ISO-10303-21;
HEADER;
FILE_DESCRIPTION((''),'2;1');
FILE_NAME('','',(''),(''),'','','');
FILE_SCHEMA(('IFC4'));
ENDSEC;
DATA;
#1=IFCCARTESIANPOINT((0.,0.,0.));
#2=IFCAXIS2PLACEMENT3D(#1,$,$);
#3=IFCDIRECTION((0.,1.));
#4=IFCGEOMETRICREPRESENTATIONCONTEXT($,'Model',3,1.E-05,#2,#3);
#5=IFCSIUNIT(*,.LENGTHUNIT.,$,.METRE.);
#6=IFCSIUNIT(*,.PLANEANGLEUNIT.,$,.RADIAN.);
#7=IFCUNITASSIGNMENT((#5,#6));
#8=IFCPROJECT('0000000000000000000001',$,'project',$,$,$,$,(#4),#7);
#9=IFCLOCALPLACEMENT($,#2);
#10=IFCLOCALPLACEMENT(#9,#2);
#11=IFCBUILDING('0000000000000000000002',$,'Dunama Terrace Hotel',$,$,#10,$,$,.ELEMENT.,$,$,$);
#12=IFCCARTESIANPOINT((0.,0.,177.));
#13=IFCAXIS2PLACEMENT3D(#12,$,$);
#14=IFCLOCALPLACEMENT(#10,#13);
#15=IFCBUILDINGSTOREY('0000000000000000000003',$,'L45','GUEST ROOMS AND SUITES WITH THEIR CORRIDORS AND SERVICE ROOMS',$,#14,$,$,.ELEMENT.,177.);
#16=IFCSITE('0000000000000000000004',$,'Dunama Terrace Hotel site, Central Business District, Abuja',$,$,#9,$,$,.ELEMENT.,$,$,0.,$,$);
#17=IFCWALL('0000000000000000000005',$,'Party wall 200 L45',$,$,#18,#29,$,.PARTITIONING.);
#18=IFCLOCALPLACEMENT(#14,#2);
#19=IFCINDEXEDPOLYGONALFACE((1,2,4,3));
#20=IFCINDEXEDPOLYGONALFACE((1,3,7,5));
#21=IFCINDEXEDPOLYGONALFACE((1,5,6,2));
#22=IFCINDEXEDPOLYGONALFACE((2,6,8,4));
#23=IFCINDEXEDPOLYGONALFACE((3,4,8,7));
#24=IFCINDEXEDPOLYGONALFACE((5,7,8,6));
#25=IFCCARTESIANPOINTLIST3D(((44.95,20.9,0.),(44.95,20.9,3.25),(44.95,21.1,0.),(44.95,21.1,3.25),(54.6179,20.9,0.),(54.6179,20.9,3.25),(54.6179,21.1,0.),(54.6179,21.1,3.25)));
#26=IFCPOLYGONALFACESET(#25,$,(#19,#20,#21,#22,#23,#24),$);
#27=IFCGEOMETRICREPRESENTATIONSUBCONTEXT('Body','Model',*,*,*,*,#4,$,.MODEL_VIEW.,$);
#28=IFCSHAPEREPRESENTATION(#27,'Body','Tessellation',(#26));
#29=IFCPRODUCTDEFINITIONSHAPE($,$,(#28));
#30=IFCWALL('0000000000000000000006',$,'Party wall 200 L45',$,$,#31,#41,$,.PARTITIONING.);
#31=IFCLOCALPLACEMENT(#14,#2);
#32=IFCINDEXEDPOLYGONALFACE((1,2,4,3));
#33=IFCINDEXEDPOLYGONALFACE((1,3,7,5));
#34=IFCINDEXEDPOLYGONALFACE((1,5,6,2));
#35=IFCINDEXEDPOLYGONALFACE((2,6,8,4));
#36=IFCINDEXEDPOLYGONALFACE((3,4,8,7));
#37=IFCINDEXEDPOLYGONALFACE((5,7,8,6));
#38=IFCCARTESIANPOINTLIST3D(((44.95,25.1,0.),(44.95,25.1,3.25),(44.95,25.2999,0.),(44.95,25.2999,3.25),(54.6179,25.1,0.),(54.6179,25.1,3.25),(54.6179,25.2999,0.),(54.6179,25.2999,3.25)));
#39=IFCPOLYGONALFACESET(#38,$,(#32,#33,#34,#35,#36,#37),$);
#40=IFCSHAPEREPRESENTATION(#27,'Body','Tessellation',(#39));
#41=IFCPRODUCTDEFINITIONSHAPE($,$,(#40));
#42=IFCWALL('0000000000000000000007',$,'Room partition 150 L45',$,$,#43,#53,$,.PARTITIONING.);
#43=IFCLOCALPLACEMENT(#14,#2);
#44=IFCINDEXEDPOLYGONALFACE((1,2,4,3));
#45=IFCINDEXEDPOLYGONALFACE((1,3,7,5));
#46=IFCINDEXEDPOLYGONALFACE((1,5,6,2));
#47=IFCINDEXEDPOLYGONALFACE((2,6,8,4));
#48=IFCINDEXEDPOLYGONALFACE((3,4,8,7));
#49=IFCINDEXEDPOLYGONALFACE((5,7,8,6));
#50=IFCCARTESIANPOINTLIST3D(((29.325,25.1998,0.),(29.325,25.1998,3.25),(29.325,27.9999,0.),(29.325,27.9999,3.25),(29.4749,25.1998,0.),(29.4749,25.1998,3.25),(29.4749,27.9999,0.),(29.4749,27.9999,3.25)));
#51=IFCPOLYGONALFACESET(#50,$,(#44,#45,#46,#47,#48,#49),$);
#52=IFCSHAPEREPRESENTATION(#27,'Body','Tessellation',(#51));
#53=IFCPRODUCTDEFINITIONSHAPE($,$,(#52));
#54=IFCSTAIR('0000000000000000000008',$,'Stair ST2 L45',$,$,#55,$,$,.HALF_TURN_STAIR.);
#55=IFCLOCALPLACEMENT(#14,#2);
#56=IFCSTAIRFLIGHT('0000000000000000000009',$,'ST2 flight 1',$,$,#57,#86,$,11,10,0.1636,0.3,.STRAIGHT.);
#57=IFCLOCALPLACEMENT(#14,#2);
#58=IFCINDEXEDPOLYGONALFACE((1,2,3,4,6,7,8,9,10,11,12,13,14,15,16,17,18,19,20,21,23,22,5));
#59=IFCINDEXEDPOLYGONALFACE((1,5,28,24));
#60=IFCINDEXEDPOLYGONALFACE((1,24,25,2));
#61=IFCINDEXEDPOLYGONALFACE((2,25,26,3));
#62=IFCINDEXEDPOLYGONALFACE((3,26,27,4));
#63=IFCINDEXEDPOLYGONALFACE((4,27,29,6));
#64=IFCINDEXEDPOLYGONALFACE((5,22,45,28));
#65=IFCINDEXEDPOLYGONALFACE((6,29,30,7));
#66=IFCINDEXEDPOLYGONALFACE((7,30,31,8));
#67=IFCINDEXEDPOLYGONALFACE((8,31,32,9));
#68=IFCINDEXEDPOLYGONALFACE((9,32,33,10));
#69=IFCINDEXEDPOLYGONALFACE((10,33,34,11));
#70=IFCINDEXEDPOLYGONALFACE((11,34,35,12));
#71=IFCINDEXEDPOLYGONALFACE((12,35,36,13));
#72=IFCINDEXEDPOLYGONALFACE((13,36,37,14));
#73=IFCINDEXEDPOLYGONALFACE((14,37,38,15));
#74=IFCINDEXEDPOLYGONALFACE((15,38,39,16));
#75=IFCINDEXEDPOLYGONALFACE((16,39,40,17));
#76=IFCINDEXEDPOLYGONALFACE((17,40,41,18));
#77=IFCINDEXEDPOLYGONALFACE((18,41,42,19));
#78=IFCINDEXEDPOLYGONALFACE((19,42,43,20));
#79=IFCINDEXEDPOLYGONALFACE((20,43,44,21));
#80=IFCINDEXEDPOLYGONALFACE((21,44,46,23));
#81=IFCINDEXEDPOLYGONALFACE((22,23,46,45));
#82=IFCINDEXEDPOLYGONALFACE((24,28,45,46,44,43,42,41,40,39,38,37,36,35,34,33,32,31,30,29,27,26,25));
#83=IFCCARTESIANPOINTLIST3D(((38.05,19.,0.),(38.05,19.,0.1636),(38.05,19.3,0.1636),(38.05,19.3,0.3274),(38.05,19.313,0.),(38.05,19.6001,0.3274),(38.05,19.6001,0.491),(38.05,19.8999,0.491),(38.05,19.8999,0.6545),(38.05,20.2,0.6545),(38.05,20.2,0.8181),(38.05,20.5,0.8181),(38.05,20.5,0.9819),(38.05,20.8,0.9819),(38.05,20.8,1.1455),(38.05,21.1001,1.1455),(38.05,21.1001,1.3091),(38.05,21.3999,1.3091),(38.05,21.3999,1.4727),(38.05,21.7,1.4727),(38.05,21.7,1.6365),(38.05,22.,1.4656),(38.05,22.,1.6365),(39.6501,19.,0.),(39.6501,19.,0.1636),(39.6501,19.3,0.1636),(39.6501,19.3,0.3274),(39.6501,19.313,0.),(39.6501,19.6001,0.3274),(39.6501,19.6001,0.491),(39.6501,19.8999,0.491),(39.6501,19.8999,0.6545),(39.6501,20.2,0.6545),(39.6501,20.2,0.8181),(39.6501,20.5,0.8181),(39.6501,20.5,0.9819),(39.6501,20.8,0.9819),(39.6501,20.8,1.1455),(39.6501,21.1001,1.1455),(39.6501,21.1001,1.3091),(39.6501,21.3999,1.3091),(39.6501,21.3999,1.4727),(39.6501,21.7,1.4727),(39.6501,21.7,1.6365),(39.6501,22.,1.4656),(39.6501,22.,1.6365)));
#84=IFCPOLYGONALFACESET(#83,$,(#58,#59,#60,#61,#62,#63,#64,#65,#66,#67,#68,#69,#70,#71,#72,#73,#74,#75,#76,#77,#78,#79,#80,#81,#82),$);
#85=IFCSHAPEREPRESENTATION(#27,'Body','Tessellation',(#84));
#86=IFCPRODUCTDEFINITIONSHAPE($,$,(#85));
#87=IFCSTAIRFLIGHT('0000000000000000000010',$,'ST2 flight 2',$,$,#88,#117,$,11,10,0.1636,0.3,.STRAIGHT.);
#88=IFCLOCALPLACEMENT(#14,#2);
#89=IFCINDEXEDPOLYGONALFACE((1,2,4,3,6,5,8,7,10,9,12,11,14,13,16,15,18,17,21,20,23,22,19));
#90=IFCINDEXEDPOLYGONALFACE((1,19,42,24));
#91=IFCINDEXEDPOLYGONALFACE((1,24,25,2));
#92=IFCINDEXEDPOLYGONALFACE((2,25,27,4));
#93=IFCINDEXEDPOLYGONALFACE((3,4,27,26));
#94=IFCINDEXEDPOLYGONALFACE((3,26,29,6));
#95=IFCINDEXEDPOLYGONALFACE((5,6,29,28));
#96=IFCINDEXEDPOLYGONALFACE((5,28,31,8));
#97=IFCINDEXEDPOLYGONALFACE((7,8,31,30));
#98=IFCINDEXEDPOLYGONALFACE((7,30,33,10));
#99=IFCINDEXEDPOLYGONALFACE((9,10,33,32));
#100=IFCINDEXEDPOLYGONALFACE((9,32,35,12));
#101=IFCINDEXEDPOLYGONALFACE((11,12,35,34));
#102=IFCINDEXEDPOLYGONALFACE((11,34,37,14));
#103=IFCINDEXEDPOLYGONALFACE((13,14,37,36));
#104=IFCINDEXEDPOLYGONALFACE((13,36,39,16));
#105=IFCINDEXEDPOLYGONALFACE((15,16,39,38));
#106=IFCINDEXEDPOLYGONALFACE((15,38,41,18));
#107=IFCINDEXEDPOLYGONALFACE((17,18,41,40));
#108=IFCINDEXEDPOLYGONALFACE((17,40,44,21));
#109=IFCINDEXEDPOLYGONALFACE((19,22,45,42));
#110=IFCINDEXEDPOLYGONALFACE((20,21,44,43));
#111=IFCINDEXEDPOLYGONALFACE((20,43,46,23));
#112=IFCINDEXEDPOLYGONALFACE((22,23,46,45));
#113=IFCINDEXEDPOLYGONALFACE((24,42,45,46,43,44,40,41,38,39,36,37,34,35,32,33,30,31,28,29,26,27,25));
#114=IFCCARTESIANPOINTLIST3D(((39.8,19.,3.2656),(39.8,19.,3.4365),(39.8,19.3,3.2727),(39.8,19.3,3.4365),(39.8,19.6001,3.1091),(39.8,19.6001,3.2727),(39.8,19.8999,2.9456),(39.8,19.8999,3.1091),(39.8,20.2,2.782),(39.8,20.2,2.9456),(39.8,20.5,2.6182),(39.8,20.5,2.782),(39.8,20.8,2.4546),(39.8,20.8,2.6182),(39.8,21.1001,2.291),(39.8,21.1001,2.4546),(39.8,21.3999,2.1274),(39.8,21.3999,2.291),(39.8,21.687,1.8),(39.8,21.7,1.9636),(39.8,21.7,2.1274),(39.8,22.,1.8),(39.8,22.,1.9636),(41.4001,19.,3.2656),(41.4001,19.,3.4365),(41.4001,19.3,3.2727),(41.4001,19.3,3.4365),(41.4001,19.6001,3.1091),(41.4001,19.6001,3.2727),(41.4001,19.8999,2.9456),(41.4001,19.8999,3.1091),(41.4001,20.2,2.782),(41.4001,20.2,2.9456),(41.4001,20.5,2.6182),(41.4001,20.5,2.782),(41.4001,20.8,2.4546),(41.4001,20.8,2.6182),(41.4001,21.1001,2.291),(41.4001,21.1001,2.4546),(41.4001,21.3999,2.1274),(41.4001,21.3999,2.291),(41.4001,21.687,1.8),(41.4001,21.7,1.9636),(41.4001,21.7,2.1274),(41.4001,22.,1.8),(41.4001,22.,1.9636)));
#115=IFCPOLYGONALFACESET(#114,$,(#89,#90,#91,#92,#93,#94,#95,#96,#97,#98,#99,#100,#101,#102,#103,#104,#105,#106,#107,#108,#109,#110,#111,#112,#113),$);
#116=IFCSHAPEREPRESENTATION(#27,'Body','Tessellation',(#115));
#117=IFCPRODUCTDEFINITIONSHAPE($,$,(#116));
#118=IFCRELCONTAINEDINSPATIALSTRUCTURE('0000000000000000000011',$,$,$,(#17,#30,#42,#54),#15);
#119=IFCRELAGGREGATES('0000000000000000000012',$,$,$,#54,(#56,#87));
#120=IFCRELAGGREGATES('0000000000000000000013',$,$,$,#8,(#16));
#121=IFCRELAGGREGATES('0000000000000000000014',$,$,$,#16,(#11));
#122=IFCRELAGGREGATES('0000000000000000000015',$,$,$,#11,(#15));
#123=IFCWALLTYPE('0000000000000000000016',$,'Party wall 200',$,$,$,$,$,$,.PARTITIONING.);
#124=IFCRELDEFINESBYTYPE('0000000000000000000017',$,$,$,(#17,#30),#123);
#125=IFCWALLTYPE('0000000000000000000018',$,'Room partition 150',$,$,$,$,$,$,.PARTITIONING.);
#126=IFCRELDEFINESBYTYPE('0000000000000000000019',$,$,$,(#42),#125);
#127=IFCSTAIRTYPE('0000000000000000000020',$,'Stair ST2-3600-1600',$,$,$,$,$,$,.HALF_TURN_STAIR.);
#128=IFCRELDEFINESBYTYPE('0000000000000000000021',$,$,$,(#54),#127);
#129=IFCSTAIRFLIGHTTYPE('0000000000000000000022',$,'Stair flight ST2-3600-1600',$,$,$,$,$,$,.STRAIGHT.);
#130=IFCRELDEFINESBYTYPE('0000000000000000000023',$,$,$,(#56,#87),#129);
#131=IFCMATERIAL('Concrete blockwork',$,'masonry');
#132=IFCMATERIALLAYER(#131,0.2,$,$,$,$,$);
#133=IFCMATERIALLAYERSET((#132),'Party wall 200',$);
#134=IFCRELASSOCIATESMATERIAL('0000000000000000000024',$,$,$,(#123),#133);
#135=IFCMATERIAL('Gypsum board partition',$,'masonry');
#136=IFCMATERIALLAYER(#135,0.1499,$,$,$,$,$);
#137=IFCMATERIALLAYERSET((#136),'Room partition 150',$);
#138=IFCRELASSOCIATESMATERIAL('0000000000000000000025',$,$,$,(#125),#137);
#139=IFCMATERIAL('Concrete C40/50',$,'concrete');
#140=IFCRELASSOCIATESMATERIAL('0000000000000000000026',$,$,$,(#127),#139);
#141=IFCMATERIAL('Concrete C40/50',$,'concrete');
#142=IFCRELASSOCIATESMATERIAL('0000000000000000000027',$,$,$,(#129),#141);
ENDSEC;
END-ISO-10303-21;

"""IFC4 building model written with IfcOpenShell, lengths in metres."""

from ifc_helpers import new_model, si_unit, direction, frame, frame_2d, origin, place, context, subcontext, project, spatial, polyline, rectangle, outline, extrude, material, layer, layer_set, type_object, element, aggregate, save


model = new_model("IFC4")

# Units and contexts
model_context = context("Model", 3, precision=1e-05, world=origin(), true_north=direction((0.0, 1.0)))
body_context = subcontext(model_context, "Body", "Model", "MODEL_VIEW")
ifc_project = project(units=[si_unit("LENGTHUNIT", "METRE"), si_unit("PLANEANGLEUNIT", "RADIAN")], contexts=[model_context])

# Site, building, storey
site_placement = place(None, origin())
site = spatial("IfcSite", under=ifc_project, at=site_placement, Name="Dunama Terrace Hotel site, Central Business District, Abuja", CompositionType="ELEMENT", RefElevation=0.0)
building_placement = place(site_placement, origin())
building = spatial("IfcBuilding", under=site, at=building_placement, Name="Dunama Terrace Hotel", CompositionType="ELEMENT")
storey_placement = place(building_placement, frame((0.0, 0.0, 177.0)))
storey = spatial("IfcBuildingStorey", under=building, at=storey_placement, Name="L45", Description="GUEST ROOMS AND SUITES WITH THEIR CORRIDORS AND SERVICE ROOMS", CompositionType="ELEMENT", Elevation=177.0)

# Walls
ifc_material_1 = material(Name="Concrete blockwork", Category="masonry")
ifc_layer_1 = layer(ifc_material_1, 0.2)
ifc_layer_set_1 = layer_set([ifc_layer_1], Name="Party wall 200")
wall_type_1 = type_object("IfcWallType", Name="Party wall 200", PredefinedType="PARTITIONING", material=ifc_layer_set_1)
for number, where, z_axis, x_axis, name in (
    (1, (44.95, 21.0, 0.0), (0.0, 0.0, 1.0), (1.0, 0.0, 0.0), "Party wall 200 L45"),
    (2, (44.95, 25.2, 0.0), (0.0, 0.0, 1.0), (1.0, 0.0, 0.0), "Party wall 200 L45"),
):
    element("IfcWall", number, at=place(storey_placement, frame(where, z_axis=z_axis, x_axis=x_axis)), inside=storey, type_object=wall_type_1, Name=name, PredefinedType="PARTITIONING", context=body_context, shape_type="SweptSolid", body=[
        extrude(rectangle(XDim=9.668, YDim=0.2, at=frame_2d((4.834, 0.0))), origin(), (0.0, 0.0, 1.0), 3.25),
    ])
ifc_material_2 = material(Name="Gypsum board partition", Category="masonry")
ifc_layer_2 = layer(ifc_material_2, 0.1499)
ifc_layer_set_2 = layer_set([ifc_layer_2], Name="Room partition 150")
wall_type_2 = type_object("IfcWallType", Name="Room partition 150", PredefinedType="PARTITIONING", material=ifc_layer_set_2)
wall_1_placement = place(storey_placement, frame((29.3999, 25.2, 0.0), z_axis=(0.0, 0.0, 1.0), x_axis=(0.0, 1.0, 0.0)))
element("IfcWall", 3, at=wall_1_placement, inside=storey, type_object=wall_type_2, Name="Room partition 150 L45", PredefinedType="PARTITIONING", context=body_context, shape_type="SweptSolid", body=[
    extrude(rectangle(XDim=2.8, YDim=0.1499, at=frame_2d((1.3999, 0.0))), origin(), (0.0, 0.0, 1.0), 3.25),
])

# Stair, stair flights
ifc_material_3 = material(Name="Concrete C40/50", Category="concrete")
stair_type = type_object("IfcStairType", Name="Stair ST2-3600-1600", PredefinedType="HALF_TURN_STAIR", material=ifc_material_3)
stair_placement = place(storey_placement, origin())
stair = element("IfcStair", 4, at=stair_placement, inside=storey, type_object=stair_type, Name="Stair ST2 L45", PredefinedType="HALF_TURN_STAIR")
ifc_material_4 = material(Name="Concrete C40/50", Category="concrete")
stair_flight_type = type_object("IfcStairFlightType", Name="Stair flight ST2-3600-1600", PredefinedType="STRAIGHT", material=ifc_material_4)
stair_flight_1_placement = place(storey_placement, frame((38.8501, 19.0, 0.0), z_axis=(0.0, 0.0, 1.0), x_axis=(0.0, 1.0, 0.0)))
stair_flight_1 = element("IfcStairFlight", 5, at=stair_flight_1_placement, type_object=stair_flight_type, Name="ST2 flight 1", NumberOfRisers=11, NumberOfTreads=10, PredefinedType="STRAIGHT", RiserHeight=0.1636, TreadLength=0.3, context=body_context, shape_type="SweptSolid", body=[
    extrude(outline(polyline([(0.0, 0.0), (0.0, 0.1636), (0.3, 0.1636), (0.3, 0.3274), (0.6001, 0.3274), (0.6001, 0.491), (0.8999, 0.491), (0.8999, 0.6545), (1.2, 0.6545), (1.2, 0.8181), (1.5, 0.8181), (1.5, 0.9819), (1.8, 0.9819), (1.8, 1.1455), (2.1001, 1.1455), (2.1001, 1.3091), (2.3999, 1.3091), (2.3999, 1.4727), (2.7, 1.4727), (2.7, 1.6365), (3.0, 1.6365), (3.0, 1.8), (3.0, 1.4656), (0.313, 0.0), (0.0, 0.0)])), frame((0.0, 0.8, 0.0), z_axis=(0.0, -1.0, 0.0), x_axis=(1.0, 0.0, 0.0)), (0.0, 0.0, 1.0), 1.6001),
])
stair_flight_2_placement = place(storey_placement, frame((40.6001, 22.0, 1.8), z_axis=(0.0, 0.0, 1.0), x_axis=(0.0, -1.0, 0.0)))
stair_flight_2 = element("IfcStairFlight", 6, at=stair_flight_2_placement, type_object=stair_flight_type, Name="ST2 flight 2", NumberOfRisers=11, NumberOfTreads=10, PredefinedType="STRAIGHT", RiserHeight=0.1636, TreadLength=0.3, context=body_context, shape_type="SweptSolid", body=[
    extrude(outline(polyline([(0.0, 0.0), (0.0, 0.1636), (0.3, 0.1636), (0.3, 0.3274), (0.6001, 0.3274), (0.6001, 0.491), (0.8999, 0.491), (0.8999, 0.6545), (1.2, 0.6545), (1.2, 0.8181), (1.5, 0.8181), (1.5, 0.9819), (1.8, 0.9819), (1.8, 1.1455), (2.1001, 1.1455), (2.1001, 1.3091), (2.3999, 1.3091), (2.3999, 1.4727), (2.7, 1.4727), (2.7, 1.6365), (3.0, 1.6365), (3.0, 1.8), (3.0, 1.4656), (0.313, 0.0), (0.0, 0.0)])), frame((0.0, 0.8, 0.0), z_axis=(0.0, -1.0, 0.0), x_axis=(1.0, 0.0, 0.0)), (0.0, 0.0, 1.0), 1.6001),
])
aggregate(stair, [stair_flight_1, stair_flight_2])

save(model, "model.ifc")
